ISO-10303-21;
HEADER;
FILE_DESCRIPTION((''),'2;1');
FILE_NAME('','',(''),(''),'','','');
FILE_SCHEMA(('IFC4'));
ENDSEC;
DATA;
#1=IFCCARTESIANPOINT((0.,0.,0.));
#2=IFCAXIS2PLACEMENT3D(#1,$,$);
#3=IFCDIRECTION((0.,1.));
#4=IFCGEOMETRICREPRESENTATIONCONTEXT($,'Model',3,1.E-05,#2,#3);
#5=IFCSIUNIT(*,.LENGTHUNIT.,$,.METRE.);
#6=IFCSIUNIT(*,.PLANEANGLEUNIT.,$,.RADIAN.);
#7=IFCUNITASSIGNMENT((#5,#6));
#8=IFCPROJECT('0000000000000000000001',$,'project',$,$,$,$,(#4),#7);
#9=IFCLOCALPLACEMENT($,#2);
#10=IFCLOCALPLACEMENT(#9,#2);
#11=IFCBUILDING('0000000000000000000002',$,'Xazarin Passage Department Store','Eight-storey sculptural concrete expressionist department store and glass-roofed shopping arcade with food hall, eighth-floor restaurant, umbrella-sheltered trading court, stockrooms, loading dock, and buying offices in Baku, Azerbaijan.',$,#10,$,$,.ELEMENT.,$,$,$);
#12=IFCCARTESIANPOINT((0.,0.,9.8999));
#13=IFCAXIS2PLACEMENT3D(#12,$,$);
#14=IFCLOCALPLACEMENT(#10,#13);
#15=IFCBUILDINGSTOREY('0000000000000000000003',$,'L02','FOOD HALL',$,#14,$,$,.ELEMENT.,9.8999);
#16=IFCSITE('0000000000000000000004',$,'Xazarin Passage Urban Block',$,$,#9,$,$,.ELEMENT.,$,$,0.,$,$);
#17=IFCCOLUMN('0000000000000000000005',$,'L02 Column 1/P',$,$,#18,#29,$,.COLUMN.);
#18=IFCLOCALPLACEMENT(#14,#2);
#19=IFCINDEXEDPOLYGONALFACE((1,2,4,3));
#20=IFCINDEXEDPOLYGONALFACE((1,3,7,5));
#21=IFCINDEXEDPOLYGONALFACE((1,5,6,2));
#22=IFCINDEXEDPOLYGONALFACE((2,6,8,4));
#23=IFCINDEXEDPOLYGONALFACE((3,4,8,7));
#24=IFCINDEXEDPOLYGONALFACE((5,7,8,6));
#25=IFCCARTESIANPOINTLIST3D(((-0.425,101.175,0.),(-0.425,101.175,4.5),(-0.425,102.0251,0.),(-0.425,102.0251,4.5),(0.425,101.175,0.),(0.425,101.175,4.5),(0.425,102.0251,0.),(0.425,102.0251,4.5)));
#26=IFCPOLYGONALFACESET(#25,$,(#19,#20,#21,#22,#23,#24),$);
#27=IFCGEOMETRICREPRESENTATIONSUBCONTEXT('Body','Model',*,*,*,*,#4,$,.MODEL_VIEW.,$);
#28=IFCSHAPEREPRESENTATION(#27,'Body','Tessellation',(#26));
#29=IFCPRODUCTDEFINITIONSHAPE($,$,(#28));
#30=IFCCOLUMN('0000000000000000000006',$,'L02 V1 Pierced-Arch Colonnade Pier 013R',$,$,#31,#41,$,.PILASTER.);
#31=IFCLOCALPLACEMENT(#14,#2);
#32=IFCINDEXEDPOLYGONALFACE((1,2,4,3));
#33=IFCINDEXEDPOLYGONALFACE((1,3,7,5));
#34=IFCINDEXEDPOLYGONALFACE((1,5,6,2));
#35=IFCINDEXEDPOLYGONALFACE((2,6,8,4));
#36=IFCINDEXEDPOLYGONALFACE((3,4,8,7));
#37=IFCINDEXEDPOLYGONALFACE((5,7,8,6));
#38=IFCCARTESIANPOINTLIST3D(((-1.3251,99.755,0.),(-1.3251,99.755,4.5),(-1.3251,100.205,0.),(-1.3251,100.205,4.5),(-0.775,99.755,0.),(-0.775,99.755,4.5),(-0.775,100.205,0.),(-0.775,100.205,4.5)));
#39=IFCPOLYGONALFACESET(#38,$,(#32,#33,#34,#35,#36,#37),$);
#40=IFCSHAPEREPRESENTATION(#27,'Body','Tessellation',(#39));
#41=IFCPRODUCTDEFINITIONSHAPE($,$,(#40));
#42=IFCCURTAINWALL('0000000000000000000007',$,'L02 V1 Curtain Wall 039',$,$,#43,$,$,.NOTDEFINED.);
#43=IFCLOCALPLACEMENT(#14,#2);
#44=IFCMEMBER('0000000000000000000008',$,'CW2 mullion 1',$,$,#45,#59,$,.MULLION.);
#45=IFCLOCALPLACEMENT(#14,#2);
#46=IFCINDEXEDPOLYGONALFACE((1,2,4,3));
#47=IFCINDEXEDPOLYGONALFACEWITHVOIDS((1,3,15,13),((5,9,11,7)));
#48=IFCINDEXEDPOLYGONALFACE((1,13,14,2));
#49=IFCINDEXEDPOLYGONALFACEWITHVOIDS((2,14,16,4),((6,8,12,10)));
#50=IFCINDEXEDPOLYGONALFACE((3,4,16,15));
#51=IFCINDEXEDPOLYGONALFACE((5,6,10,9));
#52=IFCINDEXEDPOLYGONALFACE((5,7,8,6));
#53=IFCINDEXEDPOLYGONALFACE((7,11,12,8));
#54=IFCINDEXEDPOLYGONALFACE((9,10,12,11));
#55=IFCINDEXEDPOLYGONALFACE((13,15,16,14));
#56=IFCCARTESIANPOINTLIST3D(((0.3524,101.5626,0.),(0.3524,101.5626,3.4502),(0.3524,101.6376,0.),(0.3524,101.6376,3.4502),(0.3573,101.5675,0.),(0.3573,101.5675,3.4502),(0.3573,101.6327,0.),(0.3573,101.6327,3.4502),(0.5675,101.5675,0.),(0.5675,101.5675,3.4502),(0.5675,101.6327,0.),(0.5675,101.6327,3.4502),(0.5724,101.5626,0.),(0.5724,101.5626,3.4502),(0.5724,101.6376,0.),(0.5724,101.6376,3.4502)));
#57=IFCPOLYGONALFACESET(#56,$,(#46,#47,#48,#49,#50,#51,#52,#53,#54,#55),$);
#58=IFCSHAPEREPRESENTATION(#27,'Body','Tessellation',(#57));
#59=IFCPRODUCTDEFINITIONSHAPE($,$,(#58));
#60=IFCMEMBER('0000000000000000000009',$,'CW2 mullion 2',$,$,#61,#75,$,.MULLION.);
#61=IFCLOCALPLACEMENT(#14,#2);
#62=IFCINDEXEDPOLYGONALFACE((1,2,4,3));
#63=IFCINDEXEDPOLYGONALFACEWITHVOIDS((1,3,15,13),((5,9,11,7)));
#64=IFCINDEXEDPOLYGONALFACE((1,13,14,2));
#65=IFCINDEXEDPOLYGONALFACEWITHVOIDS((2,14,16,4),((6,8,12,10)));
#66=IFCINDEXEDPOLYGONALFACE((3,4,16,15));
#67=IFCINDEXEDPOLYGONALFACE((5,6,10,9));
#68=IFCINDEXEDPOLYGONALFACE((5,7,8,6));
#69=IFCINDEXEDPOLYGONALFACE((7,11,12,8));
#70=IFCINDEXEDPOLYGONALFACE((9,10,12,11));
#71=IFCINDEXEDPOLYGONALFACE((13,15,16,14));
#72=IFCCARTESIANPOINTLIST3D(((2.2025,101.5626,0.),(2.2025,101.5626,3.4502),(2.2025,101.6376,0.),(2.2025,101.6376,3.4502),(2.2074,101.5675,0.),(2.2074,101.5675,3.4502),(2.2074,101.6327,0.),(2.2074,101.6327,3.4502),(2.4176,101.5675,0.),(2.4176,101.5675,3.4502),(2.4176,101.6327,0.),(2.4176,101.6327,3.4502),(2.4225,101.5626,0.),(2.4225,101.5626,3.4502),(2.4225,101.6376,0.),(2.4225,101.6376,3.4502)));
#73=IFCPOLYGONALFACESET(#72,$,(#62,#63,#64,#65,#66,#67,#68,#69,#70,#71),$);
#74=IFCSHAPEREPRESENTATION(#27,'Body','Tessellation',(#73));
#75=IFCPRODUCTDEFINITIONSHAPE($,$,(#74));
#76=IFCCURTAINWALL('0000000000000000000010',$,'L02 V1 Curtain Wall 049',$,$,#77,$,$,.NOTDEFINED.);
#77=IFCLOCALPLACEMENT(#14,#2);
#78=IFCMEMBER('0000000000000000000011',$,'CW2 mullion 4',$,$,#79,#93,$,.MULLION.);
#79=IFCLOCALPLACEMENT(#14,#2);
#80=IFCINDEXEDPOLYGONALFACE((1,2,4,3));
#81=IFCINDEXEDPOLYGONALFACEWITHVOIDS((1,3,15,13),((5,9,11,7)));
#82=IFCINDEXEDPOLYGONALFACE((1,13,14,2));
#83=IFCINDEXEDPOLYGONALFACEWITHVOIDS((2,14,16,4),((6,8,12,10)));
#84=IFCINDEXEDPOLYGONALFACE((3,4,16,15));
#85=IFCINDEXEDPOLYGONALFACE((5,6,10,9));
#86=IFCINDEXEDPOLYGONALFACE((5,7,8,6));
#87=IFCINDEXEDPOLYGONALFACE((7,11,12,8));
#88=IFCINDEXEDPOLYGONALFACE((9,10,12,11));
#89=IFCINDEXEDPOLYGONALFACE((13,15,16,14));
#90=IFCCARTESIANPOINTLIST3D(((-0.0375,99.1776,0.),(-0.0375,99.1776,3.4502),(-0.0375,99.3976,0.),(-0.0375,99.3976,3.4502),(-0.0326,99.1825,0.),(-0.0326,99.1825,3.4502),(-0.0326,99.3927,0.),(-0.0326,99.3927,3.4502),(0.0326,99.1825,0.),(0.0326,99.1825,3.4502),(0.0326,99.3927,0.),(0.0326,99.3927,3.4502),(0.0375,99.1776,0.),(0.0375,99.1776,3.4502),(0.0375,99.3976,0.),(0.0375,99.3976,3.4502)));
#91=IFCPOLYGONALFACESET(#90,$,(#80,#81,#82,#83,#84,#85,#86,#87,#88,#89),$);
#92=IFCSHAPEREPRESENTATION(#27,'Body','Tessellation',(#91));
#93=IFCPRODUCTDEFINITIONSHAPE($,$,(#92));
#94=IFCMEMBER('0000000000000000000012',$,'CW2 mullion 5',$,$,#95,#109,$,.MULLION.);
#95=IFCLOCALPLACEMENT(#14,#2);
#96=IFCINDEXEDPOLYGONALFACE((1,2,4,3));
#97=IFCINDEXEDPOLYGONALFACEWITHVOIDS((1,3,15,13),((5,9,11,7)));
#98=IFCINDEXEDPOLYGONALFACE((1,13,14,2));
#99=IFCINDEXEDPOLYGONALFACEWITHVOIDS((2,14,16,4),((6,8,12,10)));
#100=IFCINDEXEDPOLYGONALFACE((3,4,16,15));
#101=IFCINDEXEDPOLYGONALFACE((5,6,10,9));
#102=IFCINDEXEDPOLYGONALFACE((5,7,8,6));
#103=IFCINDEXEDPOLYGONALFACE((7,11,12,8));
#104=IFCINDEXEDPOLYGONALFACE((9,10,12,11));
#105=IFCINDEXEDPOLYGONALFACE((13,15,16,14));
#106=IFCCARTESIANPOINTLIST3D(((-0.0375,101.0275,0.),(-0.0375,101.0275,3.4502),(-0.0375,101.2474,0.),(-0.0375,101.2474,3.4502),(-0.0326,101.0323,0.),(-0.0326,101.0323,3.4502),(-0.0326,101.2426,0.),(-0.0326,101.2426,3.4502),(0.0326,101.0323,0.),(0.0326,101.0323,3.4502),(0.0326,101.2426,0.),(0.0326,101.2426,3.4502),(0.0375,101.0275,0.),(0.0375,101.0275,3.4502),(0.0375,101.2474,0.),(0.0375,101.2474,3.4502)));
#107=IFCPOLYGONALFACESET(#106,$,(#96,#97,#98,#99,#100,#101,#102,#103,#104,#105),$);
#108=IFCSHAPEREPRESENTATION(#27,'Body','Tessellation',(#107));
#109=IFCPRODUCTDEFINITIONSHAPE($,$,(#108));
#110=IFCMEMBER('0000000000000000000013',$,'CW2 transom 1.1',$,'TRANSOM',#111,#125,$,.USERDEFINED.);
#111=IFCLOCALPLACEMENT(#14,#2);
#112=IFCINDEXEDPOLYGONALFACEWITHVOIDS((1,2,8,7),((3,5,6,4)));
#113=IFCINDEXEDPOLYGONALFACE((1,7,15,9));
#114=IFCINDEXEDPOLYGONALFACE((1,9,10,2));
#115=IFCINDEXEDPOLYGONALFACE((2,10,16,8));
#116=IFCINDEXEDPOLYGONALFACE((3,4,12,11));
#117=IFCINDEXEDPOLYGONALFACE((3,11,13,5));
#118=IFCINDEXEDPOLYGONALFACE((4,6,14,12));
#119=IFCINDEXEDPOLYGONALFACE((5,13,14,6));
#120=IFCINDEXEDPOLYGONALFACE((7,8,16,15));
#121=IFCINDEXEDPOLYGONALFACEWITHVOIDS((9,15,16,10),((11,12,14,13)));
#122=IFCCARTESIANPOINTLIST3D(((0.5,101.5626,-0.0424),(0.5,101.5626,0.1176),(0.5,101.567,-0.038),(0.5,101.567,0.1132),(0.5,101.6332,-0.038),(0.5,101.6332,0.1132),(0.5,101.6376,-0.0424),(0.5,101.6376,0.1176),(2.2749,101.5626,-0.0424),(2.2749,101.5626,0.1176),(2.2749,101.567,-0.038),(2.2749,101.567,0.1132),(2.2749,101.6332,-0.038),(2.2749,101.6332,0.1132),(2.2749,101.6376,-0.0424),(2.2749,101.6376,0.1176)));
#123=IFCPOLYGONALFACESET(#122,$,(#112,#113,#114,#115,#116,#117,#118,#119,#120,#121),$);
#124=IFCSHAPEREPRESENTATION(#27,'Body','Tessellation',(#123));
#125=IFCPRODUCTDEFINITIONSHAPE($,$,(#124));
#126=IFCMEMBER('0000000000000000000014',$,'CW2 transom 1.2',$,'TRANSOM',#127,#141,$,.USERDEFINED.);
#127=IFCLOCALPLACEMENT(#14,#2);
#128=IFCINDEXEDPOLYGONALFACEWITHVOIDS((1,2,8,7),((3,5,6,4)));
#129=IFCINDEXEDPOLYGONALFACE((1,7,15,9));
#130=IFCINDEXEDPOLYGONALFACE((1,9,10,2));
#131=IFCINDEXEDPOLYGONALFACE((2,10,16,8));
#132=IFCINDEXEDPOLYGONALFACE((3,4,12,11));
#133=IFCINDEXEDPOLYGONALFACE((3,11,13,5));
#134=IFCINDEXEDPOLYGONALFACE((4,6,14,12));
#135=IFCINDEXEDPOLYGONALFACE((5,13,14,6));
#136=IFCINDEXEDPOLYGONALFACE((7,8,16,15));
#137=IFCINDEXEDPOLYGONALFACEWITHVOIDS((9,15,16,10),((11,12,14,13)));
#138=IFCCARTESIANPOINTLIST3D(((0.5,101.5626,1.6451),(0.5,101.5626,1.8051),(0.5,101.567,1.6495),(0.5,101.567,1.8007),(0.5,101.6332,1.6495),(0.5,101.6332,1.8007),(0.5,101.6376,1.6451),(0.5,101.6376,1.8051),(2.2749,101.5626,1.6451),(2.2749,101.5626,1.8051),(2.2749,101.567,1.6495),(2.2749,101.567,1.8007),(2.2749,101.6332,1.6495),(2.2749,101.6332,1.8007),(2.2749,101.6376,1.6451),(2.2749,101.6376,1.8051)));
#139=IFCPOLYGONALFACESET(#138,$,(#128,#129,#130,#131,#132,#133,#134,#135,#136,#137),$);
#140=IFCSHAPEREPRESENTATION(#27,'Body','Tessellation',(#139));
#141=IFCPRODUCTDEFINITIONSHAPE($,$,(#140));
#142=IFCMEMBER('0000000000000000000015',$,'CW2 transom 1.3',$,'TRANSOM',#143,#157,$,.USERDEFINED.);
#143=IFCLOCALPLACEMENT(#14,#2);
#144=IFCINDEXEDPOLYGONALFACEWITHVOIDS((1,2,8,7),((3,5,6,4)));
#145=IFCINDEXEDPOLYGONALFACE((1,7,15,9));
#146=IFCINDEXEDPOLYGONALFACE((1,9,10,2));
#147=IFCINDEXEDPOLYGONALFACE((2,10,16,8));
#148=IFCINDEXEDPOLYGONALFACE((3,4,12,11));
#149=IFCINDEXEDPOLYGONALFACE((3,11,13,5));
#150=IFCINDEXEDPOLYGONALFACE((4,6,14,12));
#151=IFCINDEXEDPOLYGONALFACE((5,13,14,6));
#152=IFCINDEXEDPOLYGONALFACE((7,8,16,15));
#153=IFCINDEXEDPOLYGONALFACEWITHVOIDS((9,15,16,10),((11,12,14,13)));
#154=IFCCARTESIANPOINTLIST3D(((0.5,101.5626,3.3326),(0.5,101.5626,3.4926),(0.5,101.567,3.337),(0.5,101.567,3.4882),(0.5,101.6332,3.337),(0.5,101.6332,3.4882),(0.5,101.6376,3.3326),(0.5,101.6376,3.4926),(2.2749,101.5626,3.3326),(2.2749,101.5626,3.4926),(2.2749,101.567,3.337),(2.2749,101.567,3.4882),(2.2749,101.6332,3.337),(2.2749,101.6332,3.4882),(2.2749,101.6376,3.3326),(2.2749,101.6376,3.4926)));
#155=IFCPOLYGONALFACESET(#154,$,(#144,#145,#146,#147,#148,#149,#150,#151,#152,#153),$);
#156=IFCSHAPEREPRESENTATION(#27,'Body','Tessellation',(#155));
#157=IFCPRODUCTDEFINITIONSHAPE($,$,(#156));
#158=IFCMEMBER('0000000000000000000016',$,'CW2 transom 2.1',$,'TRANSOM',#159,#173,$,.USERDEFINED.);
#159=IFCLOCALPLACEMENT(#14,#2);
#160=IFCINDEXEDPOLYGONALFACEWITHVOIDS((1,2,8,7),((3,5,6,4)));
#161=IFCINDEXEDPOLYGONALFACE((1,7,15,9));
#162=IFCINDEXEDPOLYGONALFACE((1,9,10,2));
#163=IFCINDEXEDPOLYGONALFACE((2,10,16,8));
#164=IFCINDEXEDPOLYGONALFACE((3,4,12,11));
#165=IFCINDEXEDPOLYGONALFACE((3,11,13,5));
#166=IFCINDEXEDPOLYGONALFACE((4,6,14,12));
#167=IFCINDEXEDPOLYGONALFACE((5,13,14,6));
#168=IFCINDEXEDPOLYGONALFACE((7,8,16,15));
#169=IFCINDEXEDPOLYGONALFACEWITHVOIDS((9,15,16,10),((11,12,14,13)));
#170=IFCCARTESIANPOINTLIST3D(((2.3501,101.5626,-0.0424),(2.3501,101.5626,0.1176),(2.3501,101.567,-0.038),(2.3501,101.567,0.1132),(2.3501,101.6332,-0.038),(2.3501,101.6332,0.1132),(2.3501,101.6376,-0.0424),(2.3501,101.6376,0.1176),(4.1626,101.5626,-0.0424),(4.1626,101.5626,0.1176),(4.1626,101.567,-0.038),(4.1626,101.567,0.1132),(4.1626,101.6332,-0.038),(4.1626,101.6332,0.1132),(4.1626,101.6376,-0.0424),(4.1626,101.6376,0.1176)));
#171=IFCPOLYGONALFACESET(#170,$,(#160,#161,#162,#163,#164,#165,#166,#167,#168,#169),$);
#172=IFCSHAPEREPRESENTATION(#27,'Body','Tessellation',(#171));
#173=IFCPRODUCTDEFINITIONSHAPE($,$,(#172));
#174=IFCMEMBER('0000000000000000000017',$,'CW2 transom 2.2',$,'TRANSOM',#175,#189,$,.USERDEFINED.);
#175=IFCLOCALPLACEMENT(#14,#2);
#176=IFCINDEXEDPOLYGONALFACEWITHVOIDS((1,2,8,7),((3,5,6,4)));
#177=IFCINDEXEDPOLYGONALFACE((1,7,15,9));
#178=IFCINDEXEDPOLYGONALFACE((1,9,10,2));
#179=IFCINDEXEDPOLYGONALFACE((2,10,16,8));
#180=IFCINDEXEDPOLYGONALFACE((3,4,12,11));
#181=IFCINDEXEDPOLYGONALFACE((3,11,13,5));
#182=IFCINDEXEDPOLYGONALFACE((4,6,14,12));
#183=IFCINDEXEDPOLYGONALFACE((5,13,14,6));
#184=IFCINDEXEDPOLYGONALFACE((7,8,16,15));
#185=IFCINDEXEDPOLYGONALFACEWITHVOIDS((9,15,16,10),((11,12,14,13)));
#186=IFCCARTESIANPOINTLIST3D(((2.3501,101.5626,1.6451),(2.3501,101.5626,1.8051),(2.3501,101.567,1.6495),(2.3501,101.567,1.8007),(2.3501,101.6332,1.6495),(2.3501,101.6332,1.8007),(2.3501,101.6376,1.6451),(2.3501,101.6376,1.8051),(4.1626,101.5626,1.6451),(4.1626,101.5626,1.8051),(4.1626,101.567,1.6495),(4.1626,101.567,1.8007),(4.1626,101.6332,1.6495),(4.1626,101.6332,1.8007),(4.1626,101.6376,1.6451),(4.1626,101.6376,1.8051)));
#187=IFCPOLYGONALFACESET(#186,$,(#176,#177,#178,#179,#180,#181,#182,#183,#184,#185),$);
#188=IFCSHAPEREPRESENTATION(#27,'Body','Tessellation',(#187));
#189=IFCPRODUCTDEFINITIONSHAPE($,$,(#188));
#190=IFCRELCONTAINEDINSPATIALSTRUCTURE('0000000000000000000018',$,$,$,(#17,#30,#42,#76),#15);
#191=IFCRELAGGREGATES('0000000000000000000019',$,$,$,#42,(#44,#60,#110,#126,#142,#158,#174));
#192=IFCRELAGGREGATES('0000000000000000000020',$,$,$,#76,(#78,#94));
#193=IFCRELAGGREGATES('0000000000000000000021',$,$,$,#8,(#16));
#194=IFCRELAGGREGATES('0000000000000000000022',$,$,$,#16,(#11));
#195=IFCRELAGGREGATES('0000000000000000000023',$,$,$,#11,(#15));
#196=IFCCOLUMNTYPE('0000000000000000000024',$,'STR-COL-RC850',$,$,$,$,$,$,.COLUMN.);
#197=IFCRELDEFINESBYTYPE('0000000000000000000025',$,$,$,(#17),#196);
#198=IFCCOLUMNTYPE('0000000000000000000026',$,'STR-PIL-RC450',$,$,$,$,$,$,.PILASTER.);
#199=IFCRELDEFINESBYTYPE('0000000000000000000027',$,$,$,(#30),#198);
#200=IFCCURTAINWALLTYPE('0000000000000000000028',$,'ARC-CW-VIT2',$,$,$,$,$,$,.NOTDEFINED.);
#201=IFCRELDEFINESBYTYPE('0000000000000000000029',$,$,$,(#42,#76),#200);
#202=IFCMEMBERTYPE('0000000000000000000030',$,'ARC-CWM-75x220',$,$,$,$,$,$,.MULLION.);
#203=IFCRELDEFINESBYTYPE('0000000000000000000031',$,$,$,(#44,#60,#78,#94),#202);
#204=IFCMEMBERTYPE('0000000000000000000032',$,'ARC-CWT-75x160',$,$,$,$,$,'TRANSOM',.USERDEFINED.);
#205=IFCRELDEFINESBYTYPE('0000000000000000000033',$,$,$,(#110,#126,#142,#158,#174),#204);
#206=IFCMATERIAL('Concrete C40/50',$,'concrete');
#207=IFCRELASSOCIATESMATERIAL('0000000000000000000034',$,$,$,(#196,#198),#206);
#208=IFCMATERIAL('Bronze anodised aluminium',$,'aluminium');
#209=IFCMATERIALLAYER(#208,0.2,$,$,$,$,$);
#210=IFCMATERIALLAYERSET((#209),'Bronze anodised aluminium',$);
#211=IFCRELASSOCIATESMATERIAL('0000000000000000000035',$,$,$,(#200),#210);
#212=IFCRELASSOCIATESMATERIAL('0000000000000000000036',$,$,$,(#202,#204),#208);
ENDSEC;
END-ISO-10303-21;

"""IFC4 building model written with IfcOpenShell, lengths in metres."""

from ifc_helpers import new_model, si_unit, direction, frame, origin, origin_2d, place, context, subcontext, project, spatial, rectangle, hollow_rectangle, extrude, material, layer, layer_set, material_profile, profile_set, type_object, element, aggregate, save


model = new_model("IFC4")

# Units and contexts
model_context = context("Model", 3, precision=1e-05, world=origin(), true_north=direction((0.0, 1.0)))
body_context = subcontext(model_context, "Body", "Model", "MODEL_VIEW")
ifc_project = project(units=[si_unit("LENGTHUNIT", "METRE"), si_unit("PLANEANGLEUNIT", "RADIAN")], contexts=[model_context])

# Site, building, storey
site_placement = place(None, origin())
site = spatial("IfcSite", under=ifc_project, at=site_placement, Name="Xazarin Passage Urban Block", CompositionType="ELEMENT", RefElevation=0.0)
building_placement = place(site_placement, origin())
building = spatial("IfcBuilding", under=site, at=building_placement, Name="Xazarin Passage Department Store", Description="Eight-storey sculptural concrete expressionist department store and glass-roofed shopping arcade with food hall, eighth-floor restaurant, umbrella-sheltered trading court, stockrooms, loading dock, and buying offices in Baku, Azerbaijan.", CompositionType="ELEMENT")
storey_placement = place(building_placement, frame((0.0, 0.0, 9.8999)))
storey = spatial("IfcBuildingStorey", under=building, at=storey_placement, Name="L02", Description="FOOD HALL", CompositionType="ELEMENT", Elevation=9.8999)

# Columns
ifc_material_1 = material(Name="Concrete C40/50", Category="concrete")
ifc_material_profile_1 = material_profile(ifc_material_1, rectangle(XDim=0.8501, YDim=0.8501, at=origin_2d()), Name="RC 850x850")
ifc_profile_set_1 = profile_set([ifc_material_profile_1], Name="Concrete C40/50")
column_type_1 = type_object("IfcColumnType", Name="STR-COL-RC850", PredefinedType="COLUMN", material=ifc_profile_set_1)
column_1_placement = place(storey_placement, frame((0.0, 101.6001, 0.0), z_axis=(0.0, 0.0, 1.0), x_axis=(1.0, 0.0, 0.0)))
element("IfcColumn", 1, at=column_1_placement, inside=storey, type_object=column_type_1, Name="L02 Column 1/P", PredefinedType="COLUMN", context=body_context, shape_type="SweptSolid", body=[
    extrude(rectangle(XDim=0.8501, YDim=0.8501, at=origin_2d()), origin(), (0.0, 0.0, 1.0), 4.5),
])
ifc_material_profile_2 = material_profile(ifc_material_1, rectangle(XDim=0.45, YDim=0.55, at=origin_2d()), Name="RC 450x550")
ifc_profile_set_2 = profile_set([ifc_material_profile_2], Name="Concrete C40/50")
column_type_2 = type_object("IfcColumnType", Name="STR-PIL-RC450", PredefinedType="PILASTER", material=ifc_profile_set_2)
column_2_placement = place(storey_placement, frame((-1.05, 99.98, 0.0), z_axis=(0.0, 0.0, 1.0), x_axis=(0.0, 1.0, 0.0)))
element("IfcColumn", 2, at=column_2_placement, inside=storey, type_object=column_type_2, Name="L02 V1 Pierced-Arch Colonnade Pier 013R", PredefinedType="PILASTER", context=body_context, shape_type="SweptSolid", body=[
    extrude(rectangle(XDim=0.45, YDim=0.55, at=origin_2d()), origin(), (0.0, 0.0, 1.0), 4.5),
])

# Curtain walls, members
ifc_material_2 = material(Name="Bronze anodised aluminium", Category="aluminium")
ifc_layer_1 = layer(ifc_material_2, 0.2)
ifc_layer_set_1 = layer_set([ifc_layer_1], Name="Bronze anodised aluminium")
curtain_wall_type = type_object("IfcCurtainWallType", Name="ARC-CW-VIT2", PredefinedType="NOTDEFINED", material=ifc_layer_set_1)
curtain_wall_1_placement = place(storey_placement, origin())
curtain_wall_1 = element("IfcCurtainWall", 3, at=curtain_wall_1_placement, inside=storey, type_object=curtain_wall_type, Name="L02 V1 Curtain Wall 039", PredefinedType="NOTDEFINED")
ifc_material_profile_3 = material_profile(ifc_material_2, hollow_rectangle(XDim=0.075, YDim=0.22, WallThickness=0.0049, at=origin_2d()), Name="ALU 75x220")
ifc_profile_set_3 = profile_set([ifc_material_profile_3], Name="Bronze anodised aluminium")
member_type_1 = type_object("IfcMemberType", Name="ARC-CWM-75x220", PredefinedType="MULLION", material=ifc_profile_set_3)
member_1_placement = place(storey_placement, frame((0.4624, 101.6001, 0.0), z_axis=(0.0, 0.0, 1.0), x_axis=(0.0, 1.0, 0.0)))
member_1 = element("IfcMember", 4, at=member_1_placement, type_object=member_type_1, Name="CW2 mullion 1", PredefinedType="MULLION", context=body_context, shape_type="SweptSolid", body=[
    extrude(hollow_rectangle(XDim=0.075, YDim=0.22, WallThickness=0.0049, at=origin_2d()), origin(), (0.0, 0.0, 1.0), 3.4502),
])
member_2_placement = place(storey_placement, frame((2.3125, 101.6001, 0.0), z_axis=(0.0, 0.0, 1.0), x_axis=(0.0, 1.0, 0.0)))
member_2 = element("IfcMember", 5, at=member_2_placement, type_object=member_type_1, Name="CW2 mullion 2", PredefinedType="MULLION", context=body_context, shape_type="SweptSolid", body=[
    extrude(hollow_rectangle(XDim=0.075, YDim=0.22, WallThickness=0.0049, at=origin_2d()), origin(), (0.0, 0.0, 1.0), 3.4502),
])
curtain_wall_2_placement = place(storey_placement, origin())
curtain_wall_2 = element("IfcCurtainWall", 6, at=curtain_wall_2_placement, inside=storey, type_object=curtain_wall_type, Name="L02 V1 Curtain Wall 049", PredefinedType="NOTDEFINED")
member_3_placement = place(storey_placement, frame((0.0, 99.2876, 0.0), z_axis=(0.0, 0.0, 1.0), x_axis=(-1.0, 0.0, 0.0)))
member_3 = element("IfcMember", 7, at=member_3_placement, type_object=member_type_1, Name="CW2 mullion 4", PredefinedType="MULLION", context=body_context, shape_type="SweptSolid", body=[
    extrude(hollow_rectangle(XDim=0.075, YDim=0.22, WallThickness=0.0049, at=origin_2d()), origin(), (0.0, 0.0, 1.0), 3.4502),
])
member_4_placement = place(storey_placement, frame((0.0, 101.1375, 0.0), z_axis=(0.0, 0.0, 1.0), x_axis=(-1.0, 0.0, 0.0)))
member_4 = element("IfcMember", 8, at=member_4_placement, type_object=member_type_1, Name="CW2 mullion 5", PredefinedType="MULLION", context=body_context, shape_type="SweptSolid", body=[
    extrude(hollow_rectangle(XDim=0.075, YDim=0.22, WallThickness=0.0049, at=origin_2d()), origin(), (0.0, 0.0, 1.0), 3.4502),
])

# Members
ifc_material_profile_4 = material_profile(ifc_material_2, hollow_rectangle(XDim=0.075, YDim=0.1599, WallThickness=0.0044, at=origin_2d()), Name="ALU 75x160")
ifc_profile_set_4 = profile_set([ifc_material_profile_4], Name="Bronze anodised aluminium")
member_type_2 = type_object("IfcMemberType", Name="ARC-CWT-75x160", ElementType="TRANSOM", PredefinedType="USERDEFINED", material=ifc_profile_set_4)
member_5_placement = place(storey_placement, frame((0.5, 101.6001, 0.0376), z_axis=(1.0, 0.0, 0.0), x_axis=(0.0, 1.0, 0.0)))
member_5 = element("IfcMember", 9, at=member_5_placement, type_object=member_type_2, Name="CW2 transom 1.1", ObjectType="TRANSOM", PredefinedType="USERDEFINED", context=body_context, shape_type="SweptSolid", body=[
    extrude(hollow_rectangle(XDim=0.075, YDim=0.1599, WallThickness=0.0044, at=origin_2d()), origin(), (0.0, 0.0, 1.0), 1.7749),
])
member_6_placement = place(storey_placement, frame((0.5, 101.6001, 1.7251), z_axis=(1.0, 0.0, 0.0), x_axis=(0.0, 1.0, 0.0)))
member_6 = element("IfcMember", 10, at=member_6_placement, type_object=member_type_2, Name="CW2 transom 1.2", ObjectType="TRANSOM", PredefinedType="USERDEFINED", context=body_context, shape_type="SweptSolid", body=[
    extrude(hollow_rectangle(XDim=0.075, YDim=0.1599, WallThickness=0.0044, at=origin_2d()), origin(), (0.0, 0.0, 1.0), 1.7749),
])
member_7_placement = place(storey_placement, frame((0.5, 101.6001, 3.4126), z_axis=(1.0, 0.0, 0.0), x_axis=(0.0, 1.0, 0.0)))
member_7 = element("IfcMember", 11, at=member_7_placement, type_object=member_type_2, Name="CW2 transom 1.3", ObjectType="TRANSOM", PredefinedType="USERDEFINED", context=body_context, shape_type="SweptSolid", body=[
    extrude(hollow_rectangle(XDim=0.075, YDim=0.1599, WallThickness=0.0044, at=origin_2d()), origin(), (0.0, 0.0, 1.0), 1.7749),
])
member_8_placement = place(storey_placement, frame((2.3501, 101.6001, 0.0376), z_axis=(1.0, 0.0, 0.0), x_axis=(0.0, 1.0, 0.0)))
member_8 = element("IfcMember", 12, at=member_8_placement, type_object=member_type_2, Name="CW2 transom 2.1", ObjectType="TRANSOM", PredefinedType="USERDEFINED", context=body_context, shape_type="SweptSolid", body=[
    extrude(hollow_rectangle(XDim=0.075, YDim=0.1599, WallThickness=0.0044, at=origin_2d()), origin(), (0.0, 0.0, 1.0), 1.8125),
])
member_9_placement = place(storey_placement, frame((2.3501, 101.6001, 1.7251), z_axis=(1.0, 0.0, 0.0), x_axis=(0.0, 1.0, 0.0)))
member_9 = element("IfcMember", 13, at=member_9_placement, type_object=member_type_2, Name="CW2 transom 2.2", ObjectType="TRANSOM", PredefinedType="USERDEFINED", context=body_context, shape_type="SweptSolid", body=[
    extrude(hollow_rectangle(XDim=0.075, YDim=0.1599, WallThickness=0.0044, at=origin_2d()), origin(), (0.0, 0.0, 1.0), 1.8125),
])

aggregate(curtain_wall_1, [member_1, member_2, member_5, member_6, member_7, member_8, member_9])
aggregate(curtain_wall_2, [member_3, member_4])

save(model, "model.ifc")
